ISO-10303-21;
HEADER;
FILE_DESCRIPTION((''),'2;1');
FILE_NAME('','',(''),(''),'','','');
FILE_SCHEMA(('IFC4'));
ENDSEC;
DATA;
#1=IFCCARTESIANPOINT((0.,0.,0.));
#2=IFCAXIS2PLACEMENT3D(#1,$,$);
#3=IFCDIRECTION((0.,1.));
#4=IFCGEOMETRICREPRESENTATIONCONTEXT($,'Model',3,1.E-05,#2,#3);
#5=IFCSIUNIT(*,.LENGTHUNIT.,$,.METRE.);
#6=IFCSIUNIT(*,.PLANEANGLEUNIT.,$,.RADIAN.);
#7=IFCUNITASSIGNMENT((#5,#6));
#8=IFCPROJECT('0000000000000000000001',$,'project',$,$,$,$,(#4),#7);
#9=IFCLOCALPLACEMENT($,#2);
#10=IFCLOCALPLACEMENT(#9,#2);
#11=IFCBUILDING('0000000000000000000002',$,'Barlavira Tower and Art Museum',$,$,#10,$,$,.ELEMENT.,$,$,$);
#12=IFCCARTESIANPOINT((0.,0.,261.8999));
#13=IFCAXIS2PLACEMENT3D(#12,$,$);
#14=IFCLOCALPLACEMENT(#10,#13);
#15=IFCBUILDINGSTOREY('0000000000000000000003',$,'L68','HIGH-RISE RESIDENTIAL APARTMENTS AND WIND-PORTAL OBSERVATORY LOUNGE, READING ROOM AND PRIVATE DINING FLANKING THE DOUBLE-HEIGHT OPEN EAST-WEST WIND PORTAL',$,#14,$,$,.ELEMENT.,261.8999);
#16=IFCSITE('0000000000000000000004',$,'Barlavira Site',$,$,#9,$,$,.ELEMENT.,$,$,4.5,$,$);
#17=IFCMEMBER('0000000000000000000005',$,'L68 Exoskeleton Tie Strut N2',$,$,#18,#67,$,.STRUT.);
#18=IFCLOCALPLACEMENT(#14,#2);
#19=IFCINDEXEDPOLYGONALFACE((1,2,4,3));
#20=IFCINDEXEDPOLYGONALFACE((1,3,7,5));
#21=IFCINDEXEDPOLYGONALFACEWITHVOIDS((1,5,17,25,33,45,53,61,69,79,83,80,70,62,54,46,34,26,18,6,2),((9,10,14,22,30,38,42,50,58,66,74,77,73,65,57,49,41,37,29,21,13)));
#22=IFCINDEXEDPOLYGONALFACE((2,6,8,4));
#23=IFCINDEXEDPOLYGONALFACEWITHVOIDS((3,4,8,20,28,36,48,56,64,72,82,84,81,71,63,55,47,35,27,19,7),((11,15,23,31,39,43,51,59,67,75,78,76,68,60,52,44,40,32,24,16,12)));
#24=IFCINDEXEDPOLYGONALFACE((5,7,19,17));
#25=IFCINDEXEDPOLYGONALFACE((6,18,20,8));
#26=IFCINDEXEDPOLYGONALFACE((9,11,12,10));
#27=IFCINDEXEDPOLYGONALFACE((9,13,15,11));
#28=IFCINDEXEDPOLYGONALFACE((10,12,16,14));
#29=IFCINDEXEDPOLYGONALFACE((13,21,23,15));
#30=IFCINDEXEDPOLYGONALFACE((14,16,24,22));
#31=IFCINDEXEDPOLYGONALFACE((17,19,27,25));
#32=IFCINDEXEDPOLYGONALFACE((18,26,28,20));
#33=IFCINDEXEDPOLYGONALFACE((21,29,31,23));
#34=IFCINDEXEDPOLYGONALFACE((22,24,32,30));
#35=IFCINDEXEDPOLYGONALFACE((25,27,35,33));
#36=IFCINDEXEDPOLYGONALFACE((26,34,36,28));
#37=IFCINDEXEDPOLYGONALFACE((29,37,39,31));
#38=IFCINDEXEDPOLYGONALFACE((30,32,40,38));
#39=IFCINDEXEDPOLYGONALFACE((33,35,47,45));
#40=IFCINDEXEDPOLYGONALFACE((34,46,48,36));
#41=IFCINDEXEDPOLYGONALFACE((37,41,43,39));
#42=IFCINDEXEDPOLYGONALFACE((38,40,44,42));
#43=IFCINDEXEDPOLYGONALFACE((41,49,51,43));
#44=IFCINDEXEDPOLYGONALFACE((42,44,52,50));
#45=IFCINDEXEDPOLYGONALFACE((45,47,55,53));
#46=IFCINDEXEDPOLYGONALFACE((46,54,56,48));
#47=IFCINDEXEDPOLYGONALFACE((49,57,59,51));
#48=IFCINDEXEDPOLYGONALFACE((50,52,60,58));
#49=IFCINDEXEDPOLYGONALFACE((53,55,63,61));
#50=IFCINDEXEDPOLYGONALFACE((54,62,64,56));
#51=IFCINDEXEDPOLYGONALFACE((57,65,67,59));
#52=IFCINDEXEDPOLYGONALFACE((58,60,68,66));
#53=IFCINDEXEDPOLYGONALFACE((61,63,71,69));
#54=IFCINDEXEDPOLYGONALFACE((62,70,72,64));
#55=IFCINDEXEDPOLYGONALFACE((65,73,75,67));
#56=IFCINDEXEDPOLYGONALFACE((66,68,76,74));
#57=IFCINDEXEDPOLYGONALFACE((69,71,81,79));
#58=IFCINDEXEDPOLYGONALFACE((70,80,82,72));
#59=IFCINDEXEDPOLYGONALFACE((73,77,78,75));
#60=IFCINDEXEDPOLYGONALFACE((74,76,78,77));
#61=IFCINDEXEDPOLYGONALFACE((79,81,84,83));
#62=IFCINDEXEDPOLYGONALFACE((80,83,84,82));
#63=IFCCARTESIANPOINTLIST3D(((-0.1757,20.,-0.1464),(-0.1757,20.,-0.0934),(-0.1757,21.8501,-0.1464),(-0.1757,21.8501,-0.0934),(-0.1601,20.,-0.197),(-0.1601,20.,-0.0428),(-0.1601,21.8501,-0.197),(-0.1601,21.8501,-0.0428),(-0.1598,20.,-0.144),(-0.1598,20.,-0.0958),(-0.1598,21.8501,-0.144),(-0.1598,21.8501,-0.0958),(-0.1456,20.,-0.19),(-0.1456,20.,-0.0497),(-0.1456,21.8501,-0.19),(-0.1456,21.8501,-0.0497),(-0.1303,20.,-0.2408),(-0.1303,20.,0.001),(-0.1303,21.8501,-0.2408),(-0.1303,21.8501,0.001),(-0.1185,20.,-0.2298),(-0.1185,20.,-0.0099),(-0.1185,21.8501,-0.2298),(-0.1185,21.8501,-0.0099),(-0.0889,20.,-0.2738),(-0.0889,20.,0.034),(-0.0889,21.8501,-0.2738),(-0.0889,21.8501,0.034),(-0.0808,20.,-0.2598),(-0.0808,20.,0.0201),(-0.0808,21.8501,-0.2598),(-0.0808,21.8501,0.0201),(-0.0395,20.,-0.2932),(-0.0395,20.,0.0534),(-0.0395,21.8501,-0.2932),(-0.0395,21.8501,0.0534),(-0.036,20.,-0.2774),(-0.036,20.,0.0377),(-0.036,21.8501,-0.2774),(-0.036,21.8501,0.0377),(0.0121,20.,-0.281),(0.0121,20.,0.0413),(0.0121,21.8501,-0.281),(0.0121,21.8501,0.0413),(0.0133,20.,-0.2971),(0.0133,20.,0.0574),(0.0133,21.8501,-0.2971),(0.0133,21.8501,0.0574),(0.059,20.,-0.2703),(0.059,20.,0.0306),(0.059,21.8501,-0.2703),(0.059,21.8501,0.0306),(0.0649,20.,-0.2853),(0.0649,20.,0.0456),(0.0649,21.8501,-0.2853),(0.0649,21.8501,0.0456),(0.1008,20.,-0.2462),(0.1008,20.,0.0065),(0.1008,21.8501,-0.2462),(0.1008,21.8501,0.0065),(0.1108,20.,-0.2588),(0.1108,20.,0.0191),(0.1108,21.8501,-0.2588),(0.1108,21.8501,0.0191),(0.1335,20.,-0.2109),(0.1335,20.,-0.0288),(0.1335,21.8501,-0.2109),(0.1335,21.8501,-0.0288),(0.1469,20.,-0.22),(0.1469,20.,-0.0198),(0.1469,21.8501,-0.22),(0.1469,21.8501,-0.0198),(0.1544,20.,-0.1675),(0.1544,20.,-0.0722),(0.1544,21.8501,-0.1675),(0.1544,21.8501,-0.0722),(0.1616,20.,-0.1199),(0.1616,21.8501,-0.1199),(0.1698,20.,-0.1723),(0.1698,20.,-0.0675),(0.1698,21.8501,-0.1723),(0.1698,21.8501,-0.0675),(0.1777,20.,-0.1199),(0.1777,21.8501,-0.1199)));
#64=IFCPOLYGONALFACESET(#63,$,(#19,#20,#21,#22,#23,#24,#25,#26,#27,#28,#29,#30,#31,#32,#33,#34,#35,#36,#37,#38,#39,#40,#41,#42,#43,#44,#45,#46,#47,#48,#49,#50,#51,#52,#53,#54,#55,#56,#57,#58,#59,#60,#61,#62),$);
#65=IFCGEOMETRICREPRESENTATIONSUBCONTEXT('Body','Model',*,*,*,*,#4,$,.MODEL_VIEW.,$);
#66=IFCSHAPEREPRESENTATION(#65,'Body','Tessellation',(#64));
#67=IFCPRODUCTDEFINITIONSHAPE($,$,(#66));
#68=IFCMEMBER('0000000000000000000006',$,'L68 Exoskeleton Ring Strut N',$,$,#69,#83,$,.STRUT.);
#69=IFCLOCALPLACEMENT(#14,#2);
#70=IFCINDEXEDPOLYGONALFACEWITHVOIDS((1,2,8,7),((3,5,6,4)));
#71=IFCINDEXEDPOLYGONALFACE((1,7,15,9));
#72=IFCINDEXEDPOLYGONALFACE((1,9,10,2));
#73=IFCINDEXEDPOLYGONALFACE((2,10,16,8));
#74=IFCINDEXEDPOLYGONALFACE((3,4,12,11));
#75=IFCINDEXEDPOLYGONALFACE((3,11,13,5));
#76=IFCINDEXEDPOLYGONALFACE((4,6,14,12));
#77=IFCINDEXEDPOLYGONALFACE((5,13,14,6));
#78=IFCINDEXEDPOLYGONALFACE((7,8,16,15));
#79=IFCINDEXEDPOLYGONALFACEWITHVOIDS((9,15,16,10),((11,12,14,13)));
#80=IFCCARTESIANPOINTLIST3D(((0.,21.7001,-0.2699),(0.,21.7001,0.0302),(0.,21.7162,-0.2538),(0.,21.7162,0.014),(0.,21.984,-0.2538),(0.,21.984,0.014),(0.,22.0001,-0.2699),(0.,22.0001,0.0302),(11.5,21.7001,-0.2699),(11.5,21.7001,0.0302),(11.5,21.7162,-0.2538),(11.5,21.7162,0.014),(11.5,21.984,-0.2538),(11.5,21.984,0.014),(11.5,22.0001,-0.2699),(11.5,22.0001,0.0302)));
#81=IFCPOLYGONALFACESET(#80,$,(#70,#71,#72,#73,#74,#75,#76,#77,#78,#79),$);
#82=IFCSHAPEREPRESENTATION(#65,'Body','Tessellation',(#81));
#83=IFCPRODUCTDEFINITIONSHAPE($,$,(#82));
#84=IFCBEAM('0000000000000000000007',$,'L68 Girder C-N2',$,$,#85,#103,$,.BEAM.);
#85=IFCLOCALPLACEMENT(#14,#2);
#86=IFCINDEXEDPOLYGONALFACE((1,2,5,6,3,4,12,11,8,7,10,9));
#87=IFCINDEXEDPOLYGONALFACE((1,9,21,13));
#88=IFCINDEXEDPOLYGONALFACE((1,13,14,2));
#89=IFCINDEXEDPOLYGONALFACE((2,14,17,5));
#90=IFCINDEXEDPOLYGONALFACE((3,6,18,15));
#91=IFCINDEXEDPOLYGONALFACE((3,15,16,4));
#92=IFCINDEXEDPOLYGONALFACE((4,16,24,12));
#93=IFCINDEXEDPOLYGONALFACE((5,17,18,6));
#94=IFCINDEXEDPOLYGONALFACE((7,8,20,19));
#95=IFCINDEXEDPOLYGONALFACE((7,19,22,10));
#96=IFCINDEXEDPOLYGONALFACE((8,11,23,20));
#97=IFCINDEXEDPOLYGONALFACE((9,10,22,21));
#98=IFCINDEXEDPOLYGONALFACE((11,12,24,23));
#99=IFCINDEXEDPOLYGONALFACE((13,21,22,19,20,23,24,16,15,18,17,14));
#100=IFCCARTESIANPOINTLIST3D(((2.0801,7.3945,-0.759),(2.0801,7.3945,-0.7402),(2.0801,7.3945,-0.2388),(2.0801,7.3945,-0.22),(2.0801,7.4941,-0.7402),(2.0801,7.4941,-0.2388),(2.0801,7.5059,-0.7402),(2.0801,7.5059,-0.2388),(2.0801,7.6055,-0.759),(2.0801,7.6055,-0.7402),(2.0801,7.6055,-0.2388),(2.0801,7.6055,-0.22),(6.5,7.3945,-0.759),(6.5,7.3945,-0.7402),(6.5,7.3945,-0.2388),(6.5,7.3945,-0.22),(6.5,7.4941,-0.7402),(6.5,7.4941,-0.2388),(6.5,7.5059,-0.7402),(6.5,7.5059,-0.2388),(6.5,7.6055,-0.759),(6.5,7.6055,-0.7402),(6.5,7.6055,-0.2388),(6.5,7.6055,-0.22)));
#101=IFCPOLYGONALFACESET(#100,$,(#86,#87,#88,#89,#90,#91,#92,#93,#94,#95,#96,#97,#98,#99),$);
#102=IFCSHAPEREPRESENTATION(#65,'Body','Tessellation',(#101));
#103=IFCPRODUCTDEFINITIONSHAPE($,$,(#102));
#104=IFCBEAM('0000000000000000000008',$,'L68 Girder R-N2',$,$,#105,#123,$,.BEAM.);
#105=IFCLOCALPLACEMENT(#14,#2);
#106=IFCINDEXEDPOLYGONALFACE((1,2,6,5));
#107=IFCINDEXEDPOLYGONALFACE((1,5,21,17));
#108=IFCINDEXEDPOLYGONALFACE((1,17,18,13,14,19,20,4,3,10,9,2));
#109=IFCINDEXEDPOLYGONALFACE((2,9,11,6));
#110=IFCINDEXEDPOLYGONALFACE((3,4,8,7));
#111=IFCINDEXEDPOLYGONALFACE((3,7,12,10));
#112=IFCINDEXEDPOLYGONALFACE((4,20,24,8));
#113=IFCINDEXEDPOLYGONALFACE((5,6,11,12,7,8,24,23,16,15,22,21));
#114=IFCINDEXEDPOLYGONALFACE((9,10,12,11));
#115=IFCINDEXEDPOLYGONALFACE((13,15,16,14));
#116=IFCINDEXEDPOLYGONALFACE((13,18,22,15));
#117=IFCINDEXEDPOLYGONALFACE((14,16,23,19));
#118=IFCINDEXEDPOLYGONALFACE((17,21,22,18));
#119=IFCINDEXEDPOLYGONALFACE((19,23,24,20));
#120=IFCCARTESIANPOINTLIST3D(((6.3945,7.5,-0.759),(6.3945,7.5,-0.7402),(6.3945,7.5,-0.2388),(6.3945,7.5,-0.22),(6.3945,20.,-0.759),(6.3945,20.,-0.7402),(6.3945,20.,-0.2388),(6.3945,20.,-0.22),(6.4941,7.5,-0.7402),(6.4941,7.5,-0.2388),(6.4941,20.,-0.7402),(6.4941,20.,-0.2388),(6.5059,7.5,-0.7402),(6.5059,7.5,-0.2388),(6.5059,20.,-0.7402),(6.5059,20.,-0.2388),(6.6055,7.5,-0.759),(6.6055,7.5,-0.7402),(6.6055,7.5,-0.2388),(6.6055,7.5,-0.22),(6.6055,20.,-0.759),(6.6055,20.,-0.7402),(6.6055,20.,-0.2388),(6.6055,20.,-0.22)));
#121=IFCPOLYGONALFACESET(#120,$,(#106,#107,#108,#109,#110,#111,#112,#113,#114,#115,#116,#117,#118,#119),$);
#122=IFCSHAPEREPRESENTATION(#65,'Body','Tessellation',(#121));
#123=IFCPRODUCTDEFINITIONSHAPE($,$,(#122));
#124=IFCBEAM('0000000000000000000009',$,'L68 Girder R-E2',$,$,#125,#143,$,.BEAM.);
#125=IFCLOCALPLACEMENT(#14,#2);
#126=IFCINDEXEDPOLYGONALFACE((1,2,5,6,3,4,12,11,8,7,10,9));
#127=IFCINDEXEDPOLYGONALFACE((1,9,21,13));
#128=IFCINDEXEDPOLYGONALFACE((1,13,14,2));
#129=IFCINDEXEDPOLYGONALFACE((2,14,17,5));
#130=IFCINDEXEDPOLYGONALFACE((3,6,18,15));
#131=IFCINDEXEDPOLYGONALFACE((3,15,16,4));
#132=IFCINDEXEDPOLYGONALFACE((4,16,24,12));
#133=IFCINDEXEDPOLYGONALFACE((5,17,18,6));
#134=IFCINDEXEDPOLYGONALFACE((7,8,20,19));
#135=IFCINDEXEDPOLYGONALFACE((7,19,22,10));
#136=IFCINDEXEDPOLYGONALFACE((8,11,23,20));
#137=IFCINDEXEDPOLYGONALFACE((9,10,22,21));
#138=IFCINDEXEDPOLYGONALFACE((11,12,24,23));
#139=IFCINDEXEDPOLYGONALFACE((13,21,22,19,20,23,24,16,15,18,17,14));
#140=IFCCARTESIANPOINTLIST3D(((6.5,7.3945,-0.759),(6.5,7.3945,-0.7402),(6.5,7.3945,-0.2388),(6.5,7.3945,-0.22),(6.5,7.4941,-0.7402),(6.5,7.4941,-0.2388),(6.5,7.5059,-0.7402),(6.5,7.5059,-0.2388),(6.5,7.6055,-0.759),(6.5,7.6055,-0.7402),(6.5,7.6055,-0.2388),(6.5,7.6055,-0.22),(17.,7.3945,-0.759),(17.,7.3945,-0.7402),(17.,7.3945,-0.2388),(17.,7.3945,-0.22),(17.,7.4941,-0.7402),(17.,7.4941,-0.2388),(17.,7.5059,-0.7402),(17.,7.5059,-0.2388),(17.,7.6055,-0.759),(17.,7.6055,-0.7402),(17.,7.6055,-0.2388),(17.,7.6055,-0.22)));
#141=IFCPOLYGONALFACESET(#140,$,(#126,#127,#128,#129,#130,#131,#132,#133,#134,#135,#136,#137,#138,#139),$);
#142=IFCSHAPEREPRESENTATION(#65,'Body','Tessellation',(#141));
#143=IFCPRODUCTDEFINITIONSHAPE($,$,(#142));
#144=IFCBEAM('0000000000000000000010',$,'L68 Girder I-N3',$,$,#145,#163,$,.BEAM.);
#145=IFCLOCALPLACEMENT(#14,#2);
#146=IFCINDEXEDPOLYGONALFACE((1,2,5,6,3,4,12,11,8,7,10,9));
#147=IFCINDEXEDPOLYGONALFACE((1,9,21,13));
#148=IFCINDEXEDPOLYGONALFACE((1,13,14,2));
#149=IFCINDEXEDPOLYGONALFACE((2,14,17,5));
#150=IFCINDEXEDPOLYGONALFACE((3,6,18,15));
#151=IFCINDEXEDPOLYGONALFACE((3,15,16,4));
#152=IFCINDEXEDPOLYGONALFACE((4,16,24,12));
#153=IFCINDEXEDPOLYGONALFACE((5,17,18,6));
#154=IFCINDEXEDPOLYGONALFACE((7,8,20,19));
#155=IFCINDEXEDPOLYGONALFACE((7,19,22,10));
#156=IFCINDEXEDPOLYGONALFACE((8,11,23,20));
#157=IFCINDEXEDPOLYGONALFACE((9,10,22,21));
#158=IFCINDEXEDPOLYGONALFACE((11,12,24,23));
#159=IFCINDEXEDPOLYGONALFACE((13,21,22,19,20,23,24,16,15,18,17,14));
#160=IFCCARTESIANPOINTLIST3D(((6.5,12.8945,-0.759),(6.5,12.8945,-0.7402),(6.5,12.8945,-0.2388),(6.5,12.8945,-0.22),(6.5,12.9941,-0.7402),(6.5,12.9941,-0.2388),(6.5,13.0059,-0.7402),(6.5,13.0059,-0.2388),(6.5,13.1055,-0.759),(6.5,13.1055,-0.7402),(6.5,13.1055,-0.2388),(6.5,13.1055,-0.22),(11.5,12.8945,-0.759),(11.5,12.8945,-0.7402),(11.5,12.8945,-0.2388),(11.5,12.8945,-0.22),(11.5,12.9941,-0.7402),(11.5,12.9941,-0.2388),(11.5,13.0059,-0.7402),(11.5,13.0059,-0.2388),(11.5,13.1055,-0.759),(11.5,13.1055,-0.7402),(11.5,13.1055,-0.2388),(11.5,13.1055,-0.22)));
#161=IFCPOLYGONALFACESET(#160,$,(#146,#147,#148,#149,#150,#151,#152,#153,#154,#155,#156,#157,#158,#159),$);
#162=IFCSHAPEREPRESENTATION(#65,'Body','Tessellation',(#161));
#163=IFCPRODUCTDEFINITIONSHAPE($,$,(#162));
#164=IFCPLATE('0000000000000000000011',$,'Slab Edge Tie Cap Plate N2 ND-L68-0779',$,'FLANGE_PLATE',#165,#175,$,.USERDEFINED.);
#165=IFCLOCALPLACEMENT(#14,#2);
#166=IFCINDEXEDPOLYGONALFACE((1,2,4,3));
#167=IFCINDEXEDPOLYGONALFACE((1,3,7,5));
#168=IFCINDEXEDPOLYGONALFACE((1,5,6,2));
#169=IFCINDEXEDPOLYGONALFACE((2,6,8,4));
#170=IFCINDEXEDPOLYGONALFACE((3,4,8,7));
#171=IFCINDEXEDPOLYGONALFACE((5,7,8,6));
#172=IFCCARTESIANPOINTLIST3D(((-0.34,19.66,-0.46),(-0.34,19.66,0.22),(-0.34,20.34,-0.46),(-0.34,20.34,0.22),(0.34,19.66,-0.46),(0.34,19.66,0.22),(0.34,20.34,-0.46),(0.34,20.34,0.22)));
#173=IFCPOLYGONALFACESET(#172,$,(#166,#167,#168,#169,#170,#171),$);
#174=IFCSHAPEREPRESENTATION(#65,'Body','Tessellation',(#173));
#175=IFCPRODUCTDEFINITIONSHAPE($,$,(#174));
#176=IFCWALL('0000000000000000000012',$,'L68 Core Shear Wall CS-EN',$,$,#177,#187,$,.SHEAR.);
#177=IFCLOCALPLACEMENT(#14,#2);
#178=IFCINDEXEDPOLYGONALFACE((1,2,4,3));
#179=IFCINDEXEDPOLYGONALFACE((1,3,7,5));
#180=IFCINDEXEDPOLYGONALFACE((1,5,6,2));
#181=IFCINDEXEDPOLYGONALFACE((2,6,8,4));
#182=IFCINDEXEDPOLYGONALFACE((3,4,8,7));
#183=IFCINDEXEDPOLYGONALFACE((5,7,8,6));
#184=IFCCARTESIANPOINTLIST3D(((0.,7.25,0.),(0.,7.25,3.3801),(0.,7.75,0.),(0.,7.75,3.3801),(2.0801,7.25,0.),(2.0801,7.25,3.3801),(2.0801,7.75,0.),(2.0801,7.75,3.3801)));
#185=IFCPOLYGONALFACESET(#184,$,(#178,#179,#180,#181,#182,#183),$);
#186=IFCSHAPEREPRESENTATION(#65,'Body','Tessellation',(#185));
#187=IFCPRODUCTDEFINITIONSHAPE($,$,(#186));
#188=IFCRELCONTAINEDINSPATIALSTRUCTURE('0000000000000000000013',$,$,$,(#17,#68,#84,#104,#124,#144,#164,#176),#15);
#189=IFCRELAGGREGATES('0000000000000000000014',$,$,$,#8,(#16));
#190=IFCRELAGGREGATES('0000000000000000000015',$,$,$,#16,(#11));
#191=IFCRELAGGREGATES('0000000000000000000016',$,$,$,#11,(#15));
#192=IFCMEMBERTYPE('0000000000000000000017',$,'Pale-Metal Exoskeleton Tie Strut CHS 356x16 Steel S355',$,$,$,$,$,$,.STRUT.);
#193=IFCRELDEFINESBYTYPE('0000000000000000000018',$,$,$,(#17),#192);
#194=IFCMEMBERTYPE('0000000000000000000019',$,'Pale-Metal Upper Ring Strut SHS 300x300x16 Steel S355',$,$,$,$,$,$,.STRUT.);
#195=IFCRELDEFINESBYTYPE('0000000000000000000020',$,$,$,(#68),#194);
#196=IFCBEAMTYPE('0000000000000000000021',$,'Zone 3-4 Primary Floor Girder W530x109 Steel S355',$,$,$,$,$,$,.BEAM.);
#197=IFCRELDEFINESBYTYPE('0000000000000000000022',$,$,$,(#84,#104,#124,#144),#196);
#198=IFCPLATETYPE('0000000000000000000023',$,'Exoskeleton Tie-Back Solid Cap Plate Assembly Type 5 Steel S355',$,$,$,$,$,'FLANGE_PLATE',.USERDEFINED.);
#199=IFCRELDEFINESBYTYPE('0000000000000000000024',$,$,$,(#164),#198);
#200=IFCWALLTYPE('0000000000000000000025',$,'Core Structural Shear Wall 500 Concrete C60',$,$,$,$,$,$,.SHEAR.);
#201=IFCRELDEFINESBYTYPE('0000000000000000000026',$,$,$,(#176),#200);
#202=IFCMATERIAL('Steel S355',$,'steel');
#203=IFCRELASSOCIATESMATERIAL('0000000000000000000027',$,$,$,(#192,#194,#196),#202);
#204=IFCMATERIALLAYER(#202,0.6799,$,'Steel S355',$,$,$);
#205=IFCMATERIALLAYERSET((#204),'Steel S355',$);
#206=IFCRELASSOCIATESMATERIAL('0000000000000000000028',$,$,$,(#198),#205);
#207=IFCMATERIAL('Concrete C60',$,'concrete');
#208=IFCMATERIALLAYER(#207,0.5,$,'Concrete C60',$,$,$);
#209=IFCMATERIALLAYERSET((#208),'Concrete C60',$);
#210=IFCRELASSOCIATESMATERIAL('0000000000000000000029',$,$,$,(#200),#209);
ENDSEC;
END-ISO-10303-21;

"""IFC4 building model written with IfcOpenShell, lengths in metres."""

from ifc_helpers import new_model, si_unit, direction, frame, frame_2d, origin, origin_2d, place, context, subcontext, project, spatial, rectangle, hollow_rectangle, hollow_circle, i_section, extrude, material, layer, layer_set, material_profile, profile_set, type_object, element, save


model = new_model("IFC4")

# Units and contexts
model_context = context("Model", 3, precision=1e-05, world=origin(), true_north=direction((0.0, 1.0)))
body_context = subcontext(model_context, "Body", "Model", "MODEL_VIEW")
ifc_project = project(units=[si_unit("LENGTHUNIT", "METRE"), si_unit("PLANEANGLEUNIT", "RADIAN")], contexts=[model_context])

# Site, building, storey
site_placement = place(None, origin())
site = spatial("IfcSite", under=ifc_project, at=site_placement, Name="Barlavira Site", CompositionType="ELEMENT", RefElevation=4.5)
building_placement = place(site_placement, origin())
building = spatial("IfcBuilding", under=site, at=building_placement, Name="Barlavira Tower and Art Museum", CompositionType="ELEMENT")
storey_placement = place(building_placement, frame((0.0, 0.0, 261.8999)))
storey = spatial("IfcBuildingStorey", under=building, at=storey_placement, Name="L68", Description="HIGH-RISE RESIDENTIAL APARTMENTS AND WIND-PORTAL OBSERVATORY LOUNGE, READING ROOM AND PRIVATE DINING FLANKING THE DOUBLE-HEIGHT OPEN EAST-WEST WIND PORTAL", CompositionType="ELEMENT", Elevation=261.8999)

# Shared definitions
ifc_material_1 = material(Name="Steel S355", Category="steel")

# Members
ifc_material_profile_1 = material_profile(ifc_material_1, hollow_circle(Radius=0.1777, WallThickness=0.0161, at=origin_2d()), Name="CHS 355.6x16.0")
ifc_profile_set_1 = profile_set([ifc_material_profile_1], Name="Steel S355")
member_type_1 = type_object("IfcMemberType", Name="Pale-Metal Exoskeleton Tie Strut CHS 356x16 Steel S355", PredefinedType="STRUT", material=ifc_profile_set_1)
member_1_placement = place(storey_placement, frame((0.0, 21.8501, -0.1199), z_axis=(0.0, -1.0, 0.0), x_axis=(1.0, 0.0, 0.0)))
element("IfcMember", 1, at=member_1_placement, inside=storey, type_object=member_type_1, Name="L68 Exoskeleton Tie Strut N2", PredefinedType="STRUT", context=body_context, shape_type="SweptSolid", body=[
    extrude(hollow_circle(Radius=0.1777, WallThickness=0.0161, at=origin_2d()), origin(), (0.0, 0.0, 1.0), 1.8501),
])
ifc_material_profile_2 = material_profile(ifc_material_1, hollow_rectangle(XDim=0.3, YDim=0.3, WallThickness=0.0161, at=origin_2d()), Name="SHS 300x300x16.0")
ifc_profile_set_2 = profile_set([ifc_material_profile_2], Name="Steel S355")
member_type_2 = type_object("IfcMemberType", Name="Pale-Metal Upper Ring Strut SHS 300x300x16 Steel S355", PredefinedType="STRUT", material=ifc_profile_set_2)
member_2_placement = place(storey_placement, frame((0.0, 21.8501, -0.1199), z_axis=(1.0, 0.0, 0.0), x_axis=(0.0, 1.0, 0.0)))
element("IfcMember", 2, at=member_2_placement, inside=storey, type_object=member_type_2, Name="L68 Exoskeleton Ring Strut N", PredefinedType="STRUT", context=body_context, shape_type="SweptSolid", body=[
    extrude(hollow_rectangle(XDim=0.3, YDim=0.3, WallThickness=0.0161, at=origin_2d()), origin(), (0.0, 0.0, 1.0), 11.5),
])

# Beams
ifc_material_profile_3 = material_profile(ifc_material_1, i_section(OverallWidth=0.2109, OverallDepth=0.5391, WebThickness=0.0117, FlangeThickness=0.0188, at=origin_2d()), Name="W530x109.0")
ifc_profile_set_3 = profile_set([ifc_material_profile_3], Name="Steel S355")
beam_type = type_object("IfcBeamType", Name="Zone 3-4 Primary Floor Girder W530x109 Steel S355", PredefinedType="BEAM", material=ifc_profile_set_3)
beam_1_placement = place(storey_placement, frame((2.0801, 7.5, -0.4895), z_axis=(1.0, 0.0, 0.0), x_axis=(0.0, 1.0, 0.0)))
element("IfcBeam", 3, at=beam_1_placement, inside=storey, type_object=beam_type, Name="L68 Girder C-N2", PredefinedType="BEAM", context=body_context, shape_type="SweptSolid", body=[
    extrude(i_section(OverallWidth=0.2109, OverallDepth=0.5391, WebThickness=0.0117, FlangeThickness=0.0188, at=origin_2d()), origin(), (0.0, 0.0, 1.0), 4.4199),
])
beam_2_placement = place(storey_placement, frame((6.5, 7.5, -0.4895), z_axis=(0.0, 1.0, 0.0), x_axis=(-1.0, 0.0, 0.0)))
element("IfcBeam", 4, at=beam_2_placement, inside=storey, type_object=beam_type, Name="L68 Girder R-N2", PredefinedType="BEAM", context=body_context, shape_type="SweptSolid", body=[
    extrude(i_section(OverallWidth=0.2109, OverallDepth=0.5391, WebThickness=0.0117, FlangeThickness=0.0188, at=origin_2d()), origin(), (0.0, 0.0, 1.0), 12.5),
])
beam_3_placement = place(storey_placement, frame((6.5, 7.5, -0.4895), z_axis=(1.0, 0.0, 0.0), x_axis=(0.0, 1.0, 0.0)))
element("IfcBeam", 5, at=beam_3_placement, inside=storey, type_object=beam_type, Name="L68 Girder R-E2", PredefinedType="BEAM", context=body_context, shape_type="SweptSolid", body=[
    extrude(i_section(OverallWidth=0.2109, OverallDepth=0.5391, WebThickness=0.0117, FlangeThickness=0.0188, at=origin_2d()), origin(), (0.0, 0.0, 1.0), 10.5),
])
beam_4_placement = place(storey_placement, frame((6.5, 13.0, -0.4895), z_axis=(1.0, 0.0, 0.0), x_axis=(0.0, 1.0, 0.0)))
element("IfcBeam", 6, at=beam_4_placement, inside=storey, type_object=beam_type, Name="L68 Girder I-N3", PredefinedType="BEAM", context=body_context, shape_type="SweptSolid", body=[
    extrude(i_section(OverallWidth=0.2109, OverallDepth=0.5391, WebThickness=0.0117, FlangeThickness=0.0188, at=origin_2d()), origin(), (0.0, 0.0, 1.0), 5.0),
])

# Plate
ifc_layer_1 = layer(ifc_material_1, 0.6799, Name="Steel S355")
ifc_layer_set_1 = layer_set([ifc_layer_1], Name="Steel S355")
plate_type = type_object("IfcPlateType", Name="Exoskeleton Tie-Back Solid Cap Plate Assembly Type 5 Steel S355", ElementType="FLANGE_PLATE", PredefinedType="USERDEFINED", material=ifc_layer_set_1)
plate_placement = place(storey_placement, frame((0.0, 20.0, -0.46), z_axis=(0.0, 0.0, 1.0), x_axis=(1.0, 0.0, 0.0)))
element("IfcPlate", 7, at=plate_placement, inside=storey, type_object=plate_type, Name="Slab Edge Tie Cap Plate N2 ND-L68-0779", ObjectType="FLANGE_PLATE", PredefinedType="USERDEFINED", context=body_context, shape_type="SweptSolid", body=[
    extrude(rectangle(XDim=0.6799, YDim=0.6799, at=origin_2d()), origin(), (0.0, 0.0, 1.0), 0.6799),
])

# Wall
ifc_material_2 = material(Name="Concrete C60", Category="concrete")
ifc_layer_2 = layer(ifc_material_2, 0.5, Name="Concrete C60")
ifc_layer_set_2 = layer_set([ifc_layer_2], Name="Concrete C60")
wall_type_1 = type_object("IfcWallType", Name="Core Structural Shear Wall 500 Concrete C60", PredefinedType="SHEAR", material=ifc_layer_set_2)
wall_1_placement = place(storey_placement, frame((0.0, 7.5, 0.0), z_axis=(0.0, 0.0, 1.0), x_axis=(1.0, 0.0, 0.0)))
element("IfcWall", 8, at=wall_1_placement, inside=storey, type_object=wall_type_1, Name="L68 Core Shear Wall CS-EN", PredefinedType="SHEAR", context=body_context, shape_type="SweptSolid", body=[
    extrude(rectangle(XDim=2.0801, YDim=0.5, at=frame_2d((1.04, 0.0))), origin(), (0.0, 0.0, 1.0), 3.3801),
])

save(model, "model.ifc")
